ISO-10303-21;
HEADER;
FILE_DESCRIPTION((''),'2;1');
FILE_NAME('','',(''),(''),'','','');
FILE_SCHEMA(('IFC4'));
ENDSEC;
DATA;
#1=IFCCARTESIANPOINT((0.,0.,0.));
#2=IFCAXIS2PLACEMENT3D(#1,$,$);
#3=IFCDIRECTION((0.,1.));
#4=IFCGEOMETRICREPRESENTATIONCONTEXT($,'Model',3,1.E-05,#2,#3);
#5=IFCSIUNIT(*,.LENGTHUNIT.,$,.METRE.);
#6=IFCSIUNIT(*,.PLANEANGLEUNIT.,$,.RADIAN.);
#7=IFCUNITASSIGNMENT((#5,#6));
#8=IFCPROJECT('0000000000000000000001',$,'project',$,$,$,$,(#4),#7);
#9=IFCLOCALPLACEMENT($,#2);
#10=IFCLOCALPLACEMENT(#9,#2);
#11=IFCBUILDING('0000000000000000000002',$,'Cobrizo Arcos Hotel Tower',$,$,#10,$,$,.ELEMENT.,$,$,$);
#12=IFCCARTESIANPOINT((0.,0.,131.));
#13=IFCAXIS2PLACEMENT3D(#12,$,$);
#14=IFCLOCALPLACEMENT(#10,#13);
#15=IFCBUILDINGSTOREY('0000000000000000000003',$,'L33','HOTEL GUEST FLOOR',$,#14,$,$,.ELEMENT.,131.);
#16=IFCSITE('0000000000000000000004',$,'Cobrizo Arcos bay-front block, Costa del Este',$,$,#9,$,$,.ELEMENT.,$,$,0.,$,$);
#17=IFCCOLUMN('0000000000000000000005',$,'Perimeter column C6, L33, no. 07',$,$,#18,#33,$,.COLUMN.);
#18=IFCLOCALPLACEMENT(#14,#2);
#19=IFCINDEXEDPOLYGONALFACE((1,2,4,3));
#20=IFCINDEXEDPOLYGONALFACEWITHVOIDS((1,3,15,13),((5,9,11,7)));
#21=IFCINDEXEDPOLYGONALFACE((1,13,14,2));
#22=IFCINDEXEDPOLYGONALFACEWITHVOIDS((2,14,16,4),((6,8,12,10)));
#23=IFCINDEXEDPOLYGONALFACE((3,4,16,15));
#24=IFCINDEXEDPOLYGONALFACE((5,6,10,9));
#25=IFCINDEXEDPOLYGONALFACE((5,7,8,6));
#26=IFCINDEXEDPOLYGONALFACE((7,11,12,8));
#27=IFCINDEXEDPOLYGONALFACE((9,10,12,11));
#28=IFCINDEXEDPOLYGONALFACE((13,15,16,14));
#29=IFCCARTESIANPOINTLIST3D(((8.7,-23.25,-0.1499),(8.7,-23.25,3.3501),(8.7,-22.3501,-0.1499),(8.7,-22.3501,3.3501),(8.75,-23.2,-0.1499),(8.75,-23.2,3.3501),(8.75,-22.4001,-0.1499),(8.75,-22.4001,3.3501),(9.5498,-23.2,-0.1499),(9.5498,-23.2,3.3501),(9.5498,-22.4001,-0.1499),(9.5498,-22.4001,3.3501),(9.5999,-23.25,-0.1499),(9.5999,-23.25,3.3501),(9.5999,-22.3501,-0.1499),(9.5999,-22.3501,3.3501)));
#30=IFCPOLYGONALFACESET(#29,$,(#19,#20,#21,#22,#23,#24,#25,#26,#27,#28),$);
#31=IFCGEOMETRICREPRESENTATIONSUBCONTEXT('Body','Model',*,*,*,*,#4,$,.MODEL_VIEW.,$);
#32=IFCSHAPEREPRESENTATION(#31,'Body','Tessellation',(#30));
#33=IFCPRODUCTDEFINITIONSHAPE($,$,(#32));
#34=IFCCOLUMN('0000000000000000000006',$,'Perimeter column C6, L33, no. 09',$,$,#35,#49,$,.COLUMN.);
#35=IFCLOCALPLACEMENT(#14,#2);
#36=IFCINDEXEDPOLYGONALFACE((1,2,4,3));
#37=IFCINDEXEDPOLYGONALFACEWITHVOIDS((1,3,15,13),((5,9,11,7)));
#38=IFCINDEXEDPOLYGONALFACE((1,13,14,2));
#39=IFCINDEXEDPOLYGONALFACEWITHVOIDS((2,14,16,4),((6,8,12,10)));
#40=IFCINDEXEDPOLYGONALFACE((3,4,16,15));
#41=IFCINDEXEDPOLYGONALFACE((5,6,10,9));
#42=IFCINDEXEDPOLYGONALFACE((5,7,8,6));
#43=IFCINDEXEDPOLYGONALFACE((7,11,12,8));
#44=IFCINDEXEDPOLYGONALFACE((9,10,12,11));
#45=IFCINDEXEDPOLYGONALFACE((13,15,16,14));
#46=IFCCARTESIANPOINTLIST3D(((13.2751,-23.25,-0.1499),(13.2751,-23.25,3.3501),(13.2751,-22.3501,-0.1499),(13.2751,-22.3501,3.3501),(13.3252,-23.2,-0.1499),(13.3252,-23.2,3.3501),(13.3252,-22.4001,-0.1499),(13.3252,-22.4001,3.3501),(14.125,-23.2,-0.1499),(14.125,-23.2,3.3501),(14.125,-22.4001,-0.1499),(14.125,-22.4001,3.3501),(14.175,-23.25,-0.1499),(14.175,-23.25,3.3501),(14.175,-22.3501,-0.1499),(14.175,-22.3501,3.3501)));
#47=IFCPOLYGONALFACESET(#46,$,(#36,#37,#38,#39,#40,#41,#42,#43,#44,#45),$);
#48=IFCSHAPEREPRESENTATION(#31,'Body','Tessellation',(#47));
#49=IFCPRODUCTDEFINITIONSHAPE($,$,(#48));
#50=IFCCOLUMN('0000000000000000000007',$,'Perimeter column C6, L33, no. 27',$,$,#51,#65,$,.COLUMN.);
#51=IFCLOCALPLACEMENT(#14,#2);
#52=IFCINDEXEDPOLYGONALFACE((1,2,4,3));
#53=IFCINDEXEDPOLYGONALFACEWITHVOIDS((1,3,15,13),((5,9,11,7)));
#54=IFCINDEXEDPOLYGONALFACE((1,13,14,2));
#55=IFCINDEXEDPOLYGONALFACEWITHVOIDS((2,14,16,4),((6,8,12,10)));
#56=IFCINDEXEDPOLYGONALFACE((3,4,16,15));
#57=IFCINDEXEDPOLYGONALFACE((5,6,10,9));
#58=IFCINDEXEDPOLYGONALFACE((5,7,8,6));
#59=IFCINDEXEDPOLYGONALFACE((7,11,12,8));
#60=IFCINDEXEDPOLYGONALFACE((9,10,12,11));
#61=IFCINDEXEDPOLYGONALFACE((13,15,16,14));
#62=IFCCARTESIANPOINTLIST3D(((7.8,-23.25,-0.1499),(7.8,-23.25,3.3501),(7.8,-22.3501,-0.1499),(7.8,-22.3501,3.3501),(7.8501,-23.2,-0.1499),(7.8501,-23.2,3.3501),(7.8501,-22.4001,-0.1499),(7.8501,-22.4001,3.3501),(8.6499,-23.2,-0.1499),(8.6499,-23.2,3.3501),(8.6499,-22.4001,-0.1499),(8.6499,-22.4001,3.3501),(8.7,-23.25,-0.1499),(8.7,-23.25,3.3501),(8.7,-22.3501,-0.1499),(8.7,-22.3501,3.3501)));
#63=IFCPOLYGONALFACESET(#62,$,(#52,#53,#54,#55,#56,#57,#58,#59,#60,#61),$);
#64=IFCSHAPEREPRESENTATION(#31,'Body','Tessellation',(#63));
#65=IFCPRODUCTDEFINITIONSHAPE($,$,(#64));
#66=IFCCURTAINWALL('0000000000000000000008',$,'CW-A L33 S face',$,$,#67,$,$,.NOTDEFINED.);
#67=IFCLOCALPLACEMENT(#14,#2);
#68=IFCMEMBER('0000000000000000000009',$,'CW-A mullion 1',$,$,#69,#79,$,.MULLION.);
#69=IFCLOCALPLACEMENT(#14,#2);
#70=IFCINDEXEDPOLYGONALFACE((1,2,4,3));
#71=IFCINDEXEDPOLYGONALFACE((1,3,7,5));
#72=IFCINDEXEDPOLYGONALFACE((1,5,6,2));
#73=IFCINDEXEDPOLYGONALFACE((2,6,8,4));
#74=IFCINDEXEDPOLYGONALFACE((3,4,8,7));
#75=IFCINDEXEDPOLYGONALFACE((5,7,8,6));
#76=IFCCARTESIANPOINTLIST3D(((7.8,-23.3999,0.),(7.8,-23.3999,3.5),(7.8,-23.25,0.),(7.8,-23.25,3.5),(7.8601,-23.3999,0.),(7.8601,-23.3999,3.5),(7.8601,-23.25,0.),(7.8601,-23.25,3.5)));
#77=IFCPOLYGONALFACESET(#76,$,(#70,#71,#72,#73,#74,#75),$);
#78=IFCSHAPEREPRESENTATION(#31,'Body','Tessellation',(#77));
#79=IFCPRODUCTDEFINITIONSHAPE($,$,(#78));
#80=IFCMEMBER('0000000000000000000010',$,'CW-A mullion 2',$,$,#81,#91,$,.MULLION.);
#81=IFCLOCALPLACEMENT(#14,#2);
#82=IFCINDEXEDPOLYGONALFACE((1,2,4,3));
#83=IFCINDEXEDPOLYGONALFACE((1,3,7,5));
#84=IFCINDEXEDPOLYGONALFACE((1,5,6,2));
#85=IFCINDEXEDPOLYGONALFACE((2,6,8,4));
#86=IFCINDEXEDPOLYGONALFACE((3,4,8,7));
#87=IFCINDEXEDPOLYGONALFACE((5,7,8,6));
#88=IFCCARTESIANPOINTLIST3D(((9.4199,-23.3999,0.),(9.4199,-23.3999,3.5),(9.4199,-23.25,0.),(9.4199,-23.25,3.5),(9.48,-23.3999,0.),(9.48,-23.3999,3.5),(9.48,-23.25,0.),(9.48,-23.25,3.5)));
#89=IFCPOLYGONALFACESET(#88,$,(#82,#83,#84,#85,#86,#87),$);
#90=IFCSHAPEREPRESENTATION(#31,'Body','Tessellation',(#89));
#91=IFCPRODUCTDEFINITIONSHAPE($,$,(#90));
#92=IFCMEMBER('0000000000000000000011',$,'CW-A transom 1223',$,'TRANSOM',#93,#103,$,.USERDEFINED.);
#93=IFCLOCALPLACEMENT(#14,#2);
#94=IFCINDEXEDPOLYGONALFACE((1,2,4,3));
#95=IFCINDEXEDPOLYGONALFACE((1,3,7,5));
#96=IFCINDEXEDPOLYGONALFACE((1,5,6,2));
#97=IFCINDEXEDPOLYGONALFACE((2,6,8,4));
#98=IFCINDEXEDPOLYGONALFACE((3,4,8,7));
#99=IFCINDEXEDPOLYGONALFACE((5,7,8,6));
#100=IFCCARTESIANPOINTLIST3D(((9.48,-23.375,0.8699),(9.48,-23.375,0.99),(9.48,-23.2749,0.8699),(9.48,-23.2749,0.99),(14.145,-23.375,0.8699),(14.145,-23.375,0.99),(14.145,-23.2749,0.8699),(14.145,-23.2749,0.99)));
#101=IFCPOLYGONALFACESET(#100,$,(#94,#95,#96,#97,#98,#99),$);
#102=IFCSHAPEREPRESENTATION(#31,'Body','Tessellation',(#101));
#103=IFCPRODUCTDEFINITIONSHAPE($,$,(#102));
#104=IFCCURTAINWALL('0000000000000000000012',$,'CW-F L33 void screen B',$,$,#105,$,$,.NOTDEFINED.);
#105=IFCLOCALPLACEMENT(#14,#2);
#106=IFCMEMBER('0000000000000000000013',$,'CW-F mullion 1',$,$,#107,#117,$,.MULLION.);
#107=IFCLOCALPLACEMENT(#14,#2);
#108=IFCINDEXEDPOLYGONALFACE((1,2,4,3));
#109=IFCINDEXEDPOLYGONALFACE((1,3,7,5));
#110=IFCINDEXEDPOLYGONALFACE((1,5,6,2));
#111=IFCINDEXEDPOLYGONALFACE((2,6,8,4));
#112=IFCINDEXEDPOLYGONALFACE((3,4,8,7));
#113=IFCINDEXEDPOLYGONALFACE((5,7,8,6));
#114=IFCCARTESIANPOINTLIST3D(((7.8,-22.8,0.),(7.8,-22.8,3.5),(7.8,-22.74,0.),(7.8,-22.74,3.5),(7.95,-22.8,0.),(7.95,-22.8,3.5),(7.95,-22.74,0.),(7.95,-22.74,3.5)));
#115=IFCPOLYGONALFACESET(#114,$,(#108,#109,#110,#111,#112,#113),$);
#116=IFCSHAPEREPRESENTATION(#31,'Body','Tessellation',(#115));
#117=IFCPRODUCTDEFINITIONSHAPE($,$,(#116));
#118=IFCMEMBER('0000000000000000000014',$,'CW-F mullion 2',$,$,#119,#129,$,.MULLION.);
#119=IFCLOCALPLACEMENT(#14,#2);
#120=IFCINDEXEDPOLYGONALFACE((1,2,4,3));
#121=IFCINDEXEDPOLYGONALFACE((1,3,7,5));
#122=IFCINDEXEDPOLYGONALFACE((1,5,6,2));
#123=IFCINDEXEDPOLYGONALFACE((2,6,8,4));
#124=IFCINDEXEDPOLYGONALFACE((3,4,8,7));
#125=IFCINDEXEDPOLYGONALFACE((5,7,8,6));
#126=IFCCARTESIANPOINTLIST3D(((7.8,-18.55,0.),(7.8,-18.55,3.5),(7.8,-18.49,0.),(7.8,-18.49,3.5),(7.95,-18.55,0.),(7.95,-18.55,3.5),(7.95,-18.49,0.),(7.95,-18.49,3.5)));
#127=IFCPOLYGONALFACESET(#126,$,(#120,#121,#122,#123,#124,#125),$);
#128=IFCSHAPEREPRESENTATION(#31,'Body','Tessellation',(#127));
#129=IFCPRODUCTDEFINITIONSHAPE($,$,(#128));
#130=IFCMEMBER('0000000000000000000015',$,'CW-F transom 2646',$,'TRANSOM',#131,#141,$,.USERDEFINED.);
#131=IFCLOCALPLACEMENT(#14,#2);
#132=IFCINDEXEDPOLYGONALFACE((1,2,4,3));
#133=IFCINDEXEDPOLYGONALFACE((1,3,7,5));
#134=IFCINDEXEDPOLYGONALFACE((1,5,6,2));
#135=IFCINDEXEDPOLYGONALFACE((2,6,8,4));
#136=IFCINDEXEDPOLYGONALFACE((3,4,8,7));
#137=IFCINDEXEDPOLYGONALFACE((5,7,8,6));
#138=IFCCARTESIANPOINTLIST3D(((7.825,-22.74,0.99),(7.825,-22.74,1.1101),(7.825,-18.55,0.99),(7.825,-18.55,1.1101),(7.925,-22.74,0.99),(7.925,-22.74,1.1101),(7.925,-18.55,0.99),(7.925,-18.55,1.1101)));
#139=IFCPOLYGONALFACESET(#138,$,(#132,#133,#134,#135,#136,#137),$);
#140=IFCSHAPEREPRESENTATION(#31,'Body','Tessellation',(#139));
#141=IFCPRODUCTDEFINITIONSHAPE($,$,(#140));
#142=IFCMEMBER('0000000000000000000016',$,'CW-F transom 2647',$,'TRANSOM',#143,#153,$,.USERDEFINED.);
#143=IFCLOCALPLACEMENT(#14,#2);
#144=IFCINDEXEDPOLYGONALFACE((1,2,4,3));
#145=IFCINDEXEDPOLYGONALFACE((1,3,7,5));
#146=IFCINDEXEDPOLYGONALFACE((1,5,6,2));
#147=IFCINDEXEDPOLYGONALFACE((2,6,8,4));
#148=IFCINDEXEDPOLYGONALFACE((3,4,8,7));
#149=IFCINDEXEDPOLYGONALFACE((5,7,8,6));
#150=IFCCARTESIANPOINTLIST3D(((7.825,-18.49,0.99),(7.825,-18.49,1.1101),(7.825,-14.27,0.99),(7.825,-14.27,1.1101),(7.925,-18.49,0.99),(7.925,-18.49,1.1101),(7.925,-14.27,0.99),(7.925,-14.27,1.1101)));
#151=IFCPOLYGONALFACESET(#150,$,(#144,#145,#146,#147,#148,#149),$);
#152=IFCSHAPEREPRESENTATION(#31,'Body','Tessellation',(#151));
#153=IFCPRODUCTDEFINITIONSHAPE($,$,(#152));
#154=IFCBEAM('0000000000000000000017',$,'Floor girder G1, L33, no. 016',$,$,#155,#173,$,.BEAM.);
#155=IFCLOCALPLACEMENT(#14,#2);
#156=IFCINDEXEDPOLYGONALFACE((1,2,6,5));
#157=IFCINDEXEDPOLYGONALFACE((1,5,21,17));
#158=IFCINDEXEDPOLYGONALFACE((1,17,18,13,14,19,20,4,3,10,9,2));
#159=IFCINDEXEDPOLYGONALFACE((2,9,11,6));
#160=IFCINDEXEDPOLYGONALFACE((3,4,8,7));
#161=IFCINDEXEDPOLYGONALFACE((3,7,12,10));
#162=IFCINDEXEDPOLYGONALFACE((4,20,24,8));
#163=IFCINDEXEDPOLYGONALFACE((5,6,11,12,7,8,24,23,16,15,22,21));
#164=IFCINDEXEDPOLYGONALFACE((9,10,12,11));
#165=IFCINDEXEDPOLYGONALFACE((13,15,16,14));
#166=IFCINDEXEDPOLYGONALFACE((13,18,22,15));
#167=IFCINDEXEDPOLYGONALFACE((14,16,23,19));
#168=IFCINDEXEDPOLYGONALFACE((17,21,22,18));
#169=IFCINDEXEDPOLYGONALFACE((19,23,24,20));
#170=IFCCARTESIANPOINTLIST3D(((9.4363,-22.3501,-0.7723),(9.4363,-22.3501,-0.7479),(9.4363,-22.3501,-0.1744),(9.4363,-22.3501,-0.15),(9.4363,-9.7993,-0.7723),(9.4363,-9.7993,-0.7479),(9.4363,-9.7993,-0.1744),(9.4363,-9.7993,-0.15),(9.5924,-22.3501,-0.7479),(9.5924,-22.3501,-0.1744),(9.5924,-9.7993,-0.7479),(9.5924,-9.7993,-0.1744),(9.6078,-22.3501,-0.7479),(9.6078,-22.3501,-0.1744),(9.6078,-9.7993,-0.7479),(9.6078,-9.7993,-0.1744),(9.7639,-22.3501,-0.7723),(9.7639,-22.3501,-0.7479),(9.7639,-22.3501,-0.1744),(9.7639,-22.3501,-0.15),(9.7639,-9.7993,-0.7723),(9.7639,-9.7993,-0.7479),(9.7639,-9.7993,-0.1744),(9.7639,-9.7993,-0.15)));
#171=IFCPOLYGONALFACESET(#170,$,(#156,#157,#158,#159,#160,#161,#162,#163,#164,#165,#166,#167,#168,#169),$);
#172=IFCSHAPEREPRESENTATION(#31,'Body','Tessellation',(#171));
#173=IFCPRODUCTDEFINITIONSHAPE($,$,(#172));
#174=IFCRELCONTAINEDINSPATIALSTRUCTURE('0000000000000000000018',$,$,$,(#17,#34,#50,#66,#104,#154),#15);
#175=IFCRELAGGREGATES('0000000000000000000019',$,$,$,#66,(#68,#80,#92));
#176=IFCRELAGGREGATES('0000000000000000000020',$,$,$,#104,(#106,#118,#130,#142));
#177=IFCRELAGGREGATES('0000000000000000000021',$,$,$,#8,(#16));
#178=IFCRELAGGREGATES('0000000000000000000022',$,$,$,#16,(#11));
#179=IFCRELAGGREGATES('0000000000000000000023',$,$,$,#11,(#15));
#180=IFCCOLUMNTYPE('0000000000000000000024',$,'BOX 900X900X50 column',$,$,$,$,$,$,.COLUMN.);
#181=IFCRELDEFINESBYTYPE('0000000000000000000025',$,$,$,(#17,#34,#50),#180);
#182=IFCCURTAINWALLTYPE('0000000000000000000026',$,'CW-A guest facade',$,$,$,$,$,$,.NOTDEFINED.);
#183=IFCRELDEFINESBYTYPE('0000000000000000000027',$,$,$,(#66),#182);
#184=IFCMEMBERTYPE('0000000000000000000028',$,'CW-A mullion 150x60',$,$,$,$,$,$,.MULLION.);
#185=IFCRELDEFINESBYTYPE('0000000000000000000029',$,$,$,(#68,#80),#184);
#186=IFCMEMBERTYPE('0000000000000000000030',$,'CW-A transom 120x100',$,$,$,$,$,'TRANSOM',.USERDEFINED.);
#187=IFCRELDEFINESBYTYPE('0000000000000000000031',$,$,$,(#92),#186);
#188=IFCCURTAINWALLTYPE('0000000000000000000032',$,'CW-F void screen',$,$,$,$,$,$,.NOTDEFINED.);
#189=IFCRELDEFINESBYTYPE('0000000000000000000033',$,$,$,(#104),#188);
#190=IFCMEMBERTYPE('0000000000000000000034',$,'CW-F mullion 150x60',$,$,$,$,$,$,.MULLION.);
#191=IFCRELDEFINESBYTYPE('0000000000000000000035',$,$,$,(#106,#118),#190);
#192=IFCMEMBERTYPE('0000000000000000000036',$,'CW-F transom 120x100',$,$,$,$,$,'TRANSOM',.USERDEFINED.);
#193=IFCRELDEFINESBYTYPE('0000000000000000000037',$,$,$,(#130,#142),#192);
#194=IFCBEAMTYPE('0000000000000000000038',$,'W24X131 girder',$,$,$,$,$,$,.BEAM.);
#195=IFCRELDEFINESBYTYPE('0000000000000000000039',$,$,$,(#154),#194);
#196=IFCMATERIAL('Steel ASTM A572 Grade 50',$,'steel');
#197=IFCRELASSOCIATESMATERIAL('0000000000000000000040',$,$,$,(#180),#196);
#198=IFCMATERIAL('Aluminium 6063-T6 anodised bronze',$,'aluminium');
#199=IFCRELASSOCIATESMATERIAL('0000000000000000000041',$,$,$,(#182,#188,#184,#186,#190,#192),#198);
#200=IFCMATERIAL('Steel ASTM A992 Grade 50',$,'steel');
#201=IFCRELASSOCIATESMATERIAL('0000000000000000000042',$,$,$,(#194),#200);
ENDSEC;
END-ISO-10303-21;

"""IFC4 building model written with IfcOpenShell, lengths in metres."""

from ifc_helpers import new_model, si_unit, direction, frame, origin, origin_2d, place, context, subcontext, project, spatial, rectangle, hollow_rectangle, i_section, extrude, material, material_profile, profile_set, type_object, element, aggregate, save


model = new_model("IFC4")

# Units and contexts
model_context = context("Model", 3, precision=1e-05, world=origin(), true_north=direction((0.0, 1.0)))
body_context = subcontext(model_context, "Body", "Model", "MODEL_VIEW")
ifc_project = project(units=[si_unit("LENGTHUNIT", "METRE"), si_unit("PLANEANGLEUNIT", "RADIAN")], contexts=[model_context])

# Site, building, storey
site_placement = place(None, origin())
site = spatial("IfcSite", under=ifc_project, at=site_placement, Name="Cobrizo Arcos bay-front block, Costa del Este", CompositionType="ELEMENT", RefElevation=0.0)
building_placement = place(site_placement, origin())
building = spatial("IfcBuilding", under=site, at=building_placement, Name="Cobrizo Arcos Hotel Tower", CompositionType="ELEMENT")
storey_placement = place(building_placement, frame((0.0, 0.0, 131.0)))
storey = spatial("IfcBuildingStorey", under=building, at=storey_placement, Name="L33", Description="HOTEL GUEST FLOOR", CompositionType="ELEMENT", Elevation=131.0)

# Columns
ifc_material_1 = material(Name="Steel ASTM A572 Grade 50", Category="steel")
ifc_material_profile_1 = material_profile(ifc_material_1, hollow_rectangle(XDim=0.8999, YDim=0.8999, WallThickness=0.05, at=origin_2d()), Name="BOX 900X900X50")
ifc_profile_set_1 = profile_set([ifc_material_profile_1], Name="Steel ASTM A572 Grade 50")
column_type = type_object("IfcColumnType", Name="BOX 900X900X50 column", PredefinedType="COLUMN", material=ifc_profile_set_1)
for number, where, z_axis, x_axis, name in (
    (1, (9.1499, -22.8, -0.1499), (0.0, 0.0, 1.0), (1.0, 0.0, 0.0), "Perimeter column C6, L33, no. 07"),
    (2, (13.7251, -22.8, -0.1499), (0.0, 0.0, 1.0), (1.0, 0.0, 0.0), "Perimeter column C6, L33, no. 09"),
    (3, (8.25, -22.8, -0.1499), (0.0, 0.0, 1.0), (1.0, 0.0, 0.0), "Perimeter column C6, L33, no. 27"),
):
    element("IfcColumn", number, at=place(storey_placement, frame(where, z_axis=z_axis, x_axis=x_axis)), inside=storey, type_object=column_type, Name=name, PredefinedType="COLUMN", context=body_context, shape_type="SweptSolid", body=[
        extrude(hollow_rectangle(XDim=0.8999, YDim=0.8999, WallThickness=0.05, at=origin_2d()), origin(), (0.0, 0.0, 1.0), 3.5),
    ])

# Curtain walls, members
ifc_material_2 = material(Name="Aluminium 6063-T6 anodised bronze", Category="aluminium")
curtain_wall_type_1 = type_object("IfcCurtainWallType", Name="CW-A guest facade", PredefinedType="NOTDEFINED", material=ifc_material_2)
curtain_wall_1_placement = place(storey_placement, origin())
curtain_wall_1 = element("IfcCurtainWall", 4, at=curtain_wall_1_placement, inside=storey, type_object=curtain_wall_type_1, Name="CW-A L33 S face", PredefinedType="NOTDEFINED")
ifc_material_profile_2 = material_profile(ifc_material_2, rectangle(XDim=0.1499, YDim=0.0601, at=origin_2d()), Name="CW-A mullion 150x60")
ifc_profile_set_2 = profile_set([ifc_material_profile_2], Name="Aluminium 6063-T6 anodised bronze")
member_type_1 = type_object("IfcMemberType", Name="CW-A mullion 150x60", PredefinedType="MULLION", material=ifc_profile_set_2)
member_1_placement = place(storey_placement, frame((7.8301, -23.325, 0.0), z_axis=(0.0, 0.0, 1.0), x_axis=(0.0, -1.0, 0.0)))
member_1 = element("IfcMember", 5, at=member_1_placement, type_object=member_type_1, Name="CW-A mullion 1", PredefinedType="MULLION", context=body_context, shape_type="SweptSolid", body=[
    extrude(rectangle(XDim=0.1499, YDim=0.0601, at=origin_2d()), origin(), (0.0, 0.0, 1.0), 3.5),
])
member_2_placement = place(storey_placement, frame((9.45, -23.325, 0.0), z_axis=(0.0, 0.0, 1.0), x_axis=(0.0, -1.0, 0.0)))
member_2 = element("IfcMember", 6, at=member_2_placement, type_object=member_type_1, Name="CW-A mullion 2", PredefinedType="MULLION", context=body_context, shape_type="SweptSolid", body=[
    extrude(rectangle(XDim=0.1499, YDim=0.0601, at=origin_2d()), origin(), (0.0, 0.0, 1.0), 3.5),
])
ifc_material_profile_3 = material_profile(ifc_material_2, rectangle(XDim=0.1001, YDim=0.1201, at=origin_2d()), Name="CW-A transom 120x100")
ifc_profile_set_3 = profile_set([ifc_material_profile_3], Name="Aluminium 6063-T6 anodised bronze")
member_type_2 = type_object("IfcMemberType", Name="CW-A transom 120x100", ElementType="TRANSOM", PredefinedType="USERDEFINED", material=ifc_profile_set_3)
member_3_placement = place(storey_placement, frame((9.48, -23.325, 0.9299), z_axis=(1.0, 0.0, 0.0), x_axis=(0.0, 1.0, 0.0)))
member_3 = element("IfcMember", 7, at=member_3_placement, type_object=member_type_2, Name="CW-A transom 1223", ObjectType="TRANSOM", PredefinedType="USERDEFINED", context=body_context, shape_type="SweptSolid", body=[
    extrude(rectangle(XDim=0.1001, YDim=0.1201, at=origin_2d()), origin(), (0.0, 0.0, 1.0), 4.665),
])
curtain_wall_type_2 = type_object("IfcCurtainWallType", Name="CW-F void screen", PredefinedType="NOTDEFINED", material=ifc_material_2)
curtain_wall_2_placement = place(storey_placement, origin())
curtain_wall_2 = element("IfcCurtainWall", 8, at=curtain_wall_2_placement, inside=storey, type_object=curtain_wall_type_2, Name="CW-F L33 void screen B", PredefinedType="NOTDEFINED")
ifc_material_profile_4 = material_profile(ifc_material_2, rectangle(XDim=0.1499, YDim=0.0601, at=origin_2d()), Name="CW-F mullion 150x60")
ifc_profile_set_4 = profile_set([ifc_material_profile_4], Name="Aluminium 6063-T6 anodised bronze")
member_type_3 = type_object("IfcMemberType", Name="CW-F mullion 150x60", PredefinedType="MULLION", material=ifc_profile_set_4)
member_4_placement = place(storey_placement, frame((7.875, -22.77, 0.0), z_axis=(0.0, 0.0, 1.0), x_axis=(1.0, 0.0, 0.0)))
member_4 = element("IfcMember", 9, at=member_4_placement, type_object=member_type_3, Name="CW-F mullion 1", PredefinedType="MULLION", context=body_context, shape_type="SweptSolid", body=[
    extrude(rectangle(XDim=0.1499, YDim=0.0601, at=origin_2d()), origin(), (0.0, 0.0, 1.0), 3.5),
])
member_5_placement = place(storey_placement, frame((7.875, -18.52, 0.0), z_axis=(0.0, 0.0, 1.0), x_axis=(1.0, 0.0, 0.0)))
member_5 = element("IfcMember", 10, at=member_5_placement, type_object=member_type_3, Name="CW-F mullion 2", PredefinedType="MULLION", context=body_context, shape_type="SweptSolid", body=[
    extrude(rectangle(XDim=0.1499, YDim=0.0601, at=origin_2d()), origin(), (0.0, 0.0, 1.0), 3.5),
])
ifc_material_profile_5 = material_profile(ifc_material_2, rectangle(XDim=0.1001, YDim=0.1201, at=origin_2d()), Name="CW-F transom 120x100")
ifc_profile_set_5 = profile_set([ifc_material_profile_5], Name="Aluminium 6063-T6 anodised bronze")
member_type_4 = type_object("IfcMemberType", Name="CW-F transom 120x100", ElementType="TRANSOM", PredefinedType="USERDEFINED", material=ifc_profile_set_5)
member_6_placement = place(storey_placement, frame((7.875, -22.74, 1.05), z_axis=(0.0, 1.0, 0.0), x_axis=(-1.0, 0.0, 0.0)))
member_6 = element("IfcMember", 11, at=member_6_placement, type_object=member_type_4, Name="CW-F transom 2646", ObjectType="TRANSOM", PredefinedType="USERDEFINED", context=body_context, shape_type="SweptSolid", body=[
    extrude(rectangle(XDim=0.1001, YDim=0.1201, at=origin_2d()), origin(), (0.0, 0.0, 1.0), 4.1899),
])
member_7_placement = place(storey_placement, frame((7.875, -18.49, 1.05), z_axis=(0.0, 1.0, 0.0), x_axis=(-1.0, 0.0, 0.0)))
member_7 = element("IfcMember", 12, at=member_7_placement, type_object=member_type_4, Name="CW-F transom 2647", ObjectType="TRANSOM", PredefinedType="USERDEFINED", context=body_context, shape_type="SweptSolid", body=[
    extrude(rectangle(XDim=0.1001, YDim=0.1201, at=origin_2d()), origin(), (0.0, 0.0, 1.0), 4.22),
])

# Beam
ifc_material_3 = material(Name="Steel ASTM A992 Grade 50", Category="steel")
ifc_material_profile_6 = material_profile(ifc_material_3, i_section(OverallWidth=0.3276, OverallDepth=0.6223, WebThickness=0.0154, FlangeThickness=0.0244, at=origin_2d()), Name="W24X131")
ifc_profile_set_6 = profile_set([ifc_material_profile_6], Name="Steel ASTM A992 Grade 50")
beam_type_1 = type_object("IfcBeamType", Name="W24X131 girder", PredefinedType="BEAM", material=ifc_profile_set_6)
beam_1_placement = place(storey_placement, frame((9.6001, -22.3501, -0.4612), z_axis=(0.0, 1.0, 0.0), x_axis=(-1.0, 0.0, 0.0)))
element("IfcBeam", 13, at=beam_1_placement, inside=storey, type_object=beam_type_1, Name="Floor girder G1, L33, no. 016", PredefinedType="BEAM", context=body_context, shape_type="SweptSolid", body=[
    extrude(i_section(OverallWidth=0.3276, OverallDepth=0.6223, WebThickness=0.0154, FlangeThickness=0.0244, at=origin_2d()), origin(), (0.0, 0.0, 1.0), 12.5508),
])

aggregate(curtain_wall_1, [member_1, member_2, member_3])
aggregate(curtain_wall_2, [member_4, member_5, member_6, member_7])

save(model, "model.ifc")
